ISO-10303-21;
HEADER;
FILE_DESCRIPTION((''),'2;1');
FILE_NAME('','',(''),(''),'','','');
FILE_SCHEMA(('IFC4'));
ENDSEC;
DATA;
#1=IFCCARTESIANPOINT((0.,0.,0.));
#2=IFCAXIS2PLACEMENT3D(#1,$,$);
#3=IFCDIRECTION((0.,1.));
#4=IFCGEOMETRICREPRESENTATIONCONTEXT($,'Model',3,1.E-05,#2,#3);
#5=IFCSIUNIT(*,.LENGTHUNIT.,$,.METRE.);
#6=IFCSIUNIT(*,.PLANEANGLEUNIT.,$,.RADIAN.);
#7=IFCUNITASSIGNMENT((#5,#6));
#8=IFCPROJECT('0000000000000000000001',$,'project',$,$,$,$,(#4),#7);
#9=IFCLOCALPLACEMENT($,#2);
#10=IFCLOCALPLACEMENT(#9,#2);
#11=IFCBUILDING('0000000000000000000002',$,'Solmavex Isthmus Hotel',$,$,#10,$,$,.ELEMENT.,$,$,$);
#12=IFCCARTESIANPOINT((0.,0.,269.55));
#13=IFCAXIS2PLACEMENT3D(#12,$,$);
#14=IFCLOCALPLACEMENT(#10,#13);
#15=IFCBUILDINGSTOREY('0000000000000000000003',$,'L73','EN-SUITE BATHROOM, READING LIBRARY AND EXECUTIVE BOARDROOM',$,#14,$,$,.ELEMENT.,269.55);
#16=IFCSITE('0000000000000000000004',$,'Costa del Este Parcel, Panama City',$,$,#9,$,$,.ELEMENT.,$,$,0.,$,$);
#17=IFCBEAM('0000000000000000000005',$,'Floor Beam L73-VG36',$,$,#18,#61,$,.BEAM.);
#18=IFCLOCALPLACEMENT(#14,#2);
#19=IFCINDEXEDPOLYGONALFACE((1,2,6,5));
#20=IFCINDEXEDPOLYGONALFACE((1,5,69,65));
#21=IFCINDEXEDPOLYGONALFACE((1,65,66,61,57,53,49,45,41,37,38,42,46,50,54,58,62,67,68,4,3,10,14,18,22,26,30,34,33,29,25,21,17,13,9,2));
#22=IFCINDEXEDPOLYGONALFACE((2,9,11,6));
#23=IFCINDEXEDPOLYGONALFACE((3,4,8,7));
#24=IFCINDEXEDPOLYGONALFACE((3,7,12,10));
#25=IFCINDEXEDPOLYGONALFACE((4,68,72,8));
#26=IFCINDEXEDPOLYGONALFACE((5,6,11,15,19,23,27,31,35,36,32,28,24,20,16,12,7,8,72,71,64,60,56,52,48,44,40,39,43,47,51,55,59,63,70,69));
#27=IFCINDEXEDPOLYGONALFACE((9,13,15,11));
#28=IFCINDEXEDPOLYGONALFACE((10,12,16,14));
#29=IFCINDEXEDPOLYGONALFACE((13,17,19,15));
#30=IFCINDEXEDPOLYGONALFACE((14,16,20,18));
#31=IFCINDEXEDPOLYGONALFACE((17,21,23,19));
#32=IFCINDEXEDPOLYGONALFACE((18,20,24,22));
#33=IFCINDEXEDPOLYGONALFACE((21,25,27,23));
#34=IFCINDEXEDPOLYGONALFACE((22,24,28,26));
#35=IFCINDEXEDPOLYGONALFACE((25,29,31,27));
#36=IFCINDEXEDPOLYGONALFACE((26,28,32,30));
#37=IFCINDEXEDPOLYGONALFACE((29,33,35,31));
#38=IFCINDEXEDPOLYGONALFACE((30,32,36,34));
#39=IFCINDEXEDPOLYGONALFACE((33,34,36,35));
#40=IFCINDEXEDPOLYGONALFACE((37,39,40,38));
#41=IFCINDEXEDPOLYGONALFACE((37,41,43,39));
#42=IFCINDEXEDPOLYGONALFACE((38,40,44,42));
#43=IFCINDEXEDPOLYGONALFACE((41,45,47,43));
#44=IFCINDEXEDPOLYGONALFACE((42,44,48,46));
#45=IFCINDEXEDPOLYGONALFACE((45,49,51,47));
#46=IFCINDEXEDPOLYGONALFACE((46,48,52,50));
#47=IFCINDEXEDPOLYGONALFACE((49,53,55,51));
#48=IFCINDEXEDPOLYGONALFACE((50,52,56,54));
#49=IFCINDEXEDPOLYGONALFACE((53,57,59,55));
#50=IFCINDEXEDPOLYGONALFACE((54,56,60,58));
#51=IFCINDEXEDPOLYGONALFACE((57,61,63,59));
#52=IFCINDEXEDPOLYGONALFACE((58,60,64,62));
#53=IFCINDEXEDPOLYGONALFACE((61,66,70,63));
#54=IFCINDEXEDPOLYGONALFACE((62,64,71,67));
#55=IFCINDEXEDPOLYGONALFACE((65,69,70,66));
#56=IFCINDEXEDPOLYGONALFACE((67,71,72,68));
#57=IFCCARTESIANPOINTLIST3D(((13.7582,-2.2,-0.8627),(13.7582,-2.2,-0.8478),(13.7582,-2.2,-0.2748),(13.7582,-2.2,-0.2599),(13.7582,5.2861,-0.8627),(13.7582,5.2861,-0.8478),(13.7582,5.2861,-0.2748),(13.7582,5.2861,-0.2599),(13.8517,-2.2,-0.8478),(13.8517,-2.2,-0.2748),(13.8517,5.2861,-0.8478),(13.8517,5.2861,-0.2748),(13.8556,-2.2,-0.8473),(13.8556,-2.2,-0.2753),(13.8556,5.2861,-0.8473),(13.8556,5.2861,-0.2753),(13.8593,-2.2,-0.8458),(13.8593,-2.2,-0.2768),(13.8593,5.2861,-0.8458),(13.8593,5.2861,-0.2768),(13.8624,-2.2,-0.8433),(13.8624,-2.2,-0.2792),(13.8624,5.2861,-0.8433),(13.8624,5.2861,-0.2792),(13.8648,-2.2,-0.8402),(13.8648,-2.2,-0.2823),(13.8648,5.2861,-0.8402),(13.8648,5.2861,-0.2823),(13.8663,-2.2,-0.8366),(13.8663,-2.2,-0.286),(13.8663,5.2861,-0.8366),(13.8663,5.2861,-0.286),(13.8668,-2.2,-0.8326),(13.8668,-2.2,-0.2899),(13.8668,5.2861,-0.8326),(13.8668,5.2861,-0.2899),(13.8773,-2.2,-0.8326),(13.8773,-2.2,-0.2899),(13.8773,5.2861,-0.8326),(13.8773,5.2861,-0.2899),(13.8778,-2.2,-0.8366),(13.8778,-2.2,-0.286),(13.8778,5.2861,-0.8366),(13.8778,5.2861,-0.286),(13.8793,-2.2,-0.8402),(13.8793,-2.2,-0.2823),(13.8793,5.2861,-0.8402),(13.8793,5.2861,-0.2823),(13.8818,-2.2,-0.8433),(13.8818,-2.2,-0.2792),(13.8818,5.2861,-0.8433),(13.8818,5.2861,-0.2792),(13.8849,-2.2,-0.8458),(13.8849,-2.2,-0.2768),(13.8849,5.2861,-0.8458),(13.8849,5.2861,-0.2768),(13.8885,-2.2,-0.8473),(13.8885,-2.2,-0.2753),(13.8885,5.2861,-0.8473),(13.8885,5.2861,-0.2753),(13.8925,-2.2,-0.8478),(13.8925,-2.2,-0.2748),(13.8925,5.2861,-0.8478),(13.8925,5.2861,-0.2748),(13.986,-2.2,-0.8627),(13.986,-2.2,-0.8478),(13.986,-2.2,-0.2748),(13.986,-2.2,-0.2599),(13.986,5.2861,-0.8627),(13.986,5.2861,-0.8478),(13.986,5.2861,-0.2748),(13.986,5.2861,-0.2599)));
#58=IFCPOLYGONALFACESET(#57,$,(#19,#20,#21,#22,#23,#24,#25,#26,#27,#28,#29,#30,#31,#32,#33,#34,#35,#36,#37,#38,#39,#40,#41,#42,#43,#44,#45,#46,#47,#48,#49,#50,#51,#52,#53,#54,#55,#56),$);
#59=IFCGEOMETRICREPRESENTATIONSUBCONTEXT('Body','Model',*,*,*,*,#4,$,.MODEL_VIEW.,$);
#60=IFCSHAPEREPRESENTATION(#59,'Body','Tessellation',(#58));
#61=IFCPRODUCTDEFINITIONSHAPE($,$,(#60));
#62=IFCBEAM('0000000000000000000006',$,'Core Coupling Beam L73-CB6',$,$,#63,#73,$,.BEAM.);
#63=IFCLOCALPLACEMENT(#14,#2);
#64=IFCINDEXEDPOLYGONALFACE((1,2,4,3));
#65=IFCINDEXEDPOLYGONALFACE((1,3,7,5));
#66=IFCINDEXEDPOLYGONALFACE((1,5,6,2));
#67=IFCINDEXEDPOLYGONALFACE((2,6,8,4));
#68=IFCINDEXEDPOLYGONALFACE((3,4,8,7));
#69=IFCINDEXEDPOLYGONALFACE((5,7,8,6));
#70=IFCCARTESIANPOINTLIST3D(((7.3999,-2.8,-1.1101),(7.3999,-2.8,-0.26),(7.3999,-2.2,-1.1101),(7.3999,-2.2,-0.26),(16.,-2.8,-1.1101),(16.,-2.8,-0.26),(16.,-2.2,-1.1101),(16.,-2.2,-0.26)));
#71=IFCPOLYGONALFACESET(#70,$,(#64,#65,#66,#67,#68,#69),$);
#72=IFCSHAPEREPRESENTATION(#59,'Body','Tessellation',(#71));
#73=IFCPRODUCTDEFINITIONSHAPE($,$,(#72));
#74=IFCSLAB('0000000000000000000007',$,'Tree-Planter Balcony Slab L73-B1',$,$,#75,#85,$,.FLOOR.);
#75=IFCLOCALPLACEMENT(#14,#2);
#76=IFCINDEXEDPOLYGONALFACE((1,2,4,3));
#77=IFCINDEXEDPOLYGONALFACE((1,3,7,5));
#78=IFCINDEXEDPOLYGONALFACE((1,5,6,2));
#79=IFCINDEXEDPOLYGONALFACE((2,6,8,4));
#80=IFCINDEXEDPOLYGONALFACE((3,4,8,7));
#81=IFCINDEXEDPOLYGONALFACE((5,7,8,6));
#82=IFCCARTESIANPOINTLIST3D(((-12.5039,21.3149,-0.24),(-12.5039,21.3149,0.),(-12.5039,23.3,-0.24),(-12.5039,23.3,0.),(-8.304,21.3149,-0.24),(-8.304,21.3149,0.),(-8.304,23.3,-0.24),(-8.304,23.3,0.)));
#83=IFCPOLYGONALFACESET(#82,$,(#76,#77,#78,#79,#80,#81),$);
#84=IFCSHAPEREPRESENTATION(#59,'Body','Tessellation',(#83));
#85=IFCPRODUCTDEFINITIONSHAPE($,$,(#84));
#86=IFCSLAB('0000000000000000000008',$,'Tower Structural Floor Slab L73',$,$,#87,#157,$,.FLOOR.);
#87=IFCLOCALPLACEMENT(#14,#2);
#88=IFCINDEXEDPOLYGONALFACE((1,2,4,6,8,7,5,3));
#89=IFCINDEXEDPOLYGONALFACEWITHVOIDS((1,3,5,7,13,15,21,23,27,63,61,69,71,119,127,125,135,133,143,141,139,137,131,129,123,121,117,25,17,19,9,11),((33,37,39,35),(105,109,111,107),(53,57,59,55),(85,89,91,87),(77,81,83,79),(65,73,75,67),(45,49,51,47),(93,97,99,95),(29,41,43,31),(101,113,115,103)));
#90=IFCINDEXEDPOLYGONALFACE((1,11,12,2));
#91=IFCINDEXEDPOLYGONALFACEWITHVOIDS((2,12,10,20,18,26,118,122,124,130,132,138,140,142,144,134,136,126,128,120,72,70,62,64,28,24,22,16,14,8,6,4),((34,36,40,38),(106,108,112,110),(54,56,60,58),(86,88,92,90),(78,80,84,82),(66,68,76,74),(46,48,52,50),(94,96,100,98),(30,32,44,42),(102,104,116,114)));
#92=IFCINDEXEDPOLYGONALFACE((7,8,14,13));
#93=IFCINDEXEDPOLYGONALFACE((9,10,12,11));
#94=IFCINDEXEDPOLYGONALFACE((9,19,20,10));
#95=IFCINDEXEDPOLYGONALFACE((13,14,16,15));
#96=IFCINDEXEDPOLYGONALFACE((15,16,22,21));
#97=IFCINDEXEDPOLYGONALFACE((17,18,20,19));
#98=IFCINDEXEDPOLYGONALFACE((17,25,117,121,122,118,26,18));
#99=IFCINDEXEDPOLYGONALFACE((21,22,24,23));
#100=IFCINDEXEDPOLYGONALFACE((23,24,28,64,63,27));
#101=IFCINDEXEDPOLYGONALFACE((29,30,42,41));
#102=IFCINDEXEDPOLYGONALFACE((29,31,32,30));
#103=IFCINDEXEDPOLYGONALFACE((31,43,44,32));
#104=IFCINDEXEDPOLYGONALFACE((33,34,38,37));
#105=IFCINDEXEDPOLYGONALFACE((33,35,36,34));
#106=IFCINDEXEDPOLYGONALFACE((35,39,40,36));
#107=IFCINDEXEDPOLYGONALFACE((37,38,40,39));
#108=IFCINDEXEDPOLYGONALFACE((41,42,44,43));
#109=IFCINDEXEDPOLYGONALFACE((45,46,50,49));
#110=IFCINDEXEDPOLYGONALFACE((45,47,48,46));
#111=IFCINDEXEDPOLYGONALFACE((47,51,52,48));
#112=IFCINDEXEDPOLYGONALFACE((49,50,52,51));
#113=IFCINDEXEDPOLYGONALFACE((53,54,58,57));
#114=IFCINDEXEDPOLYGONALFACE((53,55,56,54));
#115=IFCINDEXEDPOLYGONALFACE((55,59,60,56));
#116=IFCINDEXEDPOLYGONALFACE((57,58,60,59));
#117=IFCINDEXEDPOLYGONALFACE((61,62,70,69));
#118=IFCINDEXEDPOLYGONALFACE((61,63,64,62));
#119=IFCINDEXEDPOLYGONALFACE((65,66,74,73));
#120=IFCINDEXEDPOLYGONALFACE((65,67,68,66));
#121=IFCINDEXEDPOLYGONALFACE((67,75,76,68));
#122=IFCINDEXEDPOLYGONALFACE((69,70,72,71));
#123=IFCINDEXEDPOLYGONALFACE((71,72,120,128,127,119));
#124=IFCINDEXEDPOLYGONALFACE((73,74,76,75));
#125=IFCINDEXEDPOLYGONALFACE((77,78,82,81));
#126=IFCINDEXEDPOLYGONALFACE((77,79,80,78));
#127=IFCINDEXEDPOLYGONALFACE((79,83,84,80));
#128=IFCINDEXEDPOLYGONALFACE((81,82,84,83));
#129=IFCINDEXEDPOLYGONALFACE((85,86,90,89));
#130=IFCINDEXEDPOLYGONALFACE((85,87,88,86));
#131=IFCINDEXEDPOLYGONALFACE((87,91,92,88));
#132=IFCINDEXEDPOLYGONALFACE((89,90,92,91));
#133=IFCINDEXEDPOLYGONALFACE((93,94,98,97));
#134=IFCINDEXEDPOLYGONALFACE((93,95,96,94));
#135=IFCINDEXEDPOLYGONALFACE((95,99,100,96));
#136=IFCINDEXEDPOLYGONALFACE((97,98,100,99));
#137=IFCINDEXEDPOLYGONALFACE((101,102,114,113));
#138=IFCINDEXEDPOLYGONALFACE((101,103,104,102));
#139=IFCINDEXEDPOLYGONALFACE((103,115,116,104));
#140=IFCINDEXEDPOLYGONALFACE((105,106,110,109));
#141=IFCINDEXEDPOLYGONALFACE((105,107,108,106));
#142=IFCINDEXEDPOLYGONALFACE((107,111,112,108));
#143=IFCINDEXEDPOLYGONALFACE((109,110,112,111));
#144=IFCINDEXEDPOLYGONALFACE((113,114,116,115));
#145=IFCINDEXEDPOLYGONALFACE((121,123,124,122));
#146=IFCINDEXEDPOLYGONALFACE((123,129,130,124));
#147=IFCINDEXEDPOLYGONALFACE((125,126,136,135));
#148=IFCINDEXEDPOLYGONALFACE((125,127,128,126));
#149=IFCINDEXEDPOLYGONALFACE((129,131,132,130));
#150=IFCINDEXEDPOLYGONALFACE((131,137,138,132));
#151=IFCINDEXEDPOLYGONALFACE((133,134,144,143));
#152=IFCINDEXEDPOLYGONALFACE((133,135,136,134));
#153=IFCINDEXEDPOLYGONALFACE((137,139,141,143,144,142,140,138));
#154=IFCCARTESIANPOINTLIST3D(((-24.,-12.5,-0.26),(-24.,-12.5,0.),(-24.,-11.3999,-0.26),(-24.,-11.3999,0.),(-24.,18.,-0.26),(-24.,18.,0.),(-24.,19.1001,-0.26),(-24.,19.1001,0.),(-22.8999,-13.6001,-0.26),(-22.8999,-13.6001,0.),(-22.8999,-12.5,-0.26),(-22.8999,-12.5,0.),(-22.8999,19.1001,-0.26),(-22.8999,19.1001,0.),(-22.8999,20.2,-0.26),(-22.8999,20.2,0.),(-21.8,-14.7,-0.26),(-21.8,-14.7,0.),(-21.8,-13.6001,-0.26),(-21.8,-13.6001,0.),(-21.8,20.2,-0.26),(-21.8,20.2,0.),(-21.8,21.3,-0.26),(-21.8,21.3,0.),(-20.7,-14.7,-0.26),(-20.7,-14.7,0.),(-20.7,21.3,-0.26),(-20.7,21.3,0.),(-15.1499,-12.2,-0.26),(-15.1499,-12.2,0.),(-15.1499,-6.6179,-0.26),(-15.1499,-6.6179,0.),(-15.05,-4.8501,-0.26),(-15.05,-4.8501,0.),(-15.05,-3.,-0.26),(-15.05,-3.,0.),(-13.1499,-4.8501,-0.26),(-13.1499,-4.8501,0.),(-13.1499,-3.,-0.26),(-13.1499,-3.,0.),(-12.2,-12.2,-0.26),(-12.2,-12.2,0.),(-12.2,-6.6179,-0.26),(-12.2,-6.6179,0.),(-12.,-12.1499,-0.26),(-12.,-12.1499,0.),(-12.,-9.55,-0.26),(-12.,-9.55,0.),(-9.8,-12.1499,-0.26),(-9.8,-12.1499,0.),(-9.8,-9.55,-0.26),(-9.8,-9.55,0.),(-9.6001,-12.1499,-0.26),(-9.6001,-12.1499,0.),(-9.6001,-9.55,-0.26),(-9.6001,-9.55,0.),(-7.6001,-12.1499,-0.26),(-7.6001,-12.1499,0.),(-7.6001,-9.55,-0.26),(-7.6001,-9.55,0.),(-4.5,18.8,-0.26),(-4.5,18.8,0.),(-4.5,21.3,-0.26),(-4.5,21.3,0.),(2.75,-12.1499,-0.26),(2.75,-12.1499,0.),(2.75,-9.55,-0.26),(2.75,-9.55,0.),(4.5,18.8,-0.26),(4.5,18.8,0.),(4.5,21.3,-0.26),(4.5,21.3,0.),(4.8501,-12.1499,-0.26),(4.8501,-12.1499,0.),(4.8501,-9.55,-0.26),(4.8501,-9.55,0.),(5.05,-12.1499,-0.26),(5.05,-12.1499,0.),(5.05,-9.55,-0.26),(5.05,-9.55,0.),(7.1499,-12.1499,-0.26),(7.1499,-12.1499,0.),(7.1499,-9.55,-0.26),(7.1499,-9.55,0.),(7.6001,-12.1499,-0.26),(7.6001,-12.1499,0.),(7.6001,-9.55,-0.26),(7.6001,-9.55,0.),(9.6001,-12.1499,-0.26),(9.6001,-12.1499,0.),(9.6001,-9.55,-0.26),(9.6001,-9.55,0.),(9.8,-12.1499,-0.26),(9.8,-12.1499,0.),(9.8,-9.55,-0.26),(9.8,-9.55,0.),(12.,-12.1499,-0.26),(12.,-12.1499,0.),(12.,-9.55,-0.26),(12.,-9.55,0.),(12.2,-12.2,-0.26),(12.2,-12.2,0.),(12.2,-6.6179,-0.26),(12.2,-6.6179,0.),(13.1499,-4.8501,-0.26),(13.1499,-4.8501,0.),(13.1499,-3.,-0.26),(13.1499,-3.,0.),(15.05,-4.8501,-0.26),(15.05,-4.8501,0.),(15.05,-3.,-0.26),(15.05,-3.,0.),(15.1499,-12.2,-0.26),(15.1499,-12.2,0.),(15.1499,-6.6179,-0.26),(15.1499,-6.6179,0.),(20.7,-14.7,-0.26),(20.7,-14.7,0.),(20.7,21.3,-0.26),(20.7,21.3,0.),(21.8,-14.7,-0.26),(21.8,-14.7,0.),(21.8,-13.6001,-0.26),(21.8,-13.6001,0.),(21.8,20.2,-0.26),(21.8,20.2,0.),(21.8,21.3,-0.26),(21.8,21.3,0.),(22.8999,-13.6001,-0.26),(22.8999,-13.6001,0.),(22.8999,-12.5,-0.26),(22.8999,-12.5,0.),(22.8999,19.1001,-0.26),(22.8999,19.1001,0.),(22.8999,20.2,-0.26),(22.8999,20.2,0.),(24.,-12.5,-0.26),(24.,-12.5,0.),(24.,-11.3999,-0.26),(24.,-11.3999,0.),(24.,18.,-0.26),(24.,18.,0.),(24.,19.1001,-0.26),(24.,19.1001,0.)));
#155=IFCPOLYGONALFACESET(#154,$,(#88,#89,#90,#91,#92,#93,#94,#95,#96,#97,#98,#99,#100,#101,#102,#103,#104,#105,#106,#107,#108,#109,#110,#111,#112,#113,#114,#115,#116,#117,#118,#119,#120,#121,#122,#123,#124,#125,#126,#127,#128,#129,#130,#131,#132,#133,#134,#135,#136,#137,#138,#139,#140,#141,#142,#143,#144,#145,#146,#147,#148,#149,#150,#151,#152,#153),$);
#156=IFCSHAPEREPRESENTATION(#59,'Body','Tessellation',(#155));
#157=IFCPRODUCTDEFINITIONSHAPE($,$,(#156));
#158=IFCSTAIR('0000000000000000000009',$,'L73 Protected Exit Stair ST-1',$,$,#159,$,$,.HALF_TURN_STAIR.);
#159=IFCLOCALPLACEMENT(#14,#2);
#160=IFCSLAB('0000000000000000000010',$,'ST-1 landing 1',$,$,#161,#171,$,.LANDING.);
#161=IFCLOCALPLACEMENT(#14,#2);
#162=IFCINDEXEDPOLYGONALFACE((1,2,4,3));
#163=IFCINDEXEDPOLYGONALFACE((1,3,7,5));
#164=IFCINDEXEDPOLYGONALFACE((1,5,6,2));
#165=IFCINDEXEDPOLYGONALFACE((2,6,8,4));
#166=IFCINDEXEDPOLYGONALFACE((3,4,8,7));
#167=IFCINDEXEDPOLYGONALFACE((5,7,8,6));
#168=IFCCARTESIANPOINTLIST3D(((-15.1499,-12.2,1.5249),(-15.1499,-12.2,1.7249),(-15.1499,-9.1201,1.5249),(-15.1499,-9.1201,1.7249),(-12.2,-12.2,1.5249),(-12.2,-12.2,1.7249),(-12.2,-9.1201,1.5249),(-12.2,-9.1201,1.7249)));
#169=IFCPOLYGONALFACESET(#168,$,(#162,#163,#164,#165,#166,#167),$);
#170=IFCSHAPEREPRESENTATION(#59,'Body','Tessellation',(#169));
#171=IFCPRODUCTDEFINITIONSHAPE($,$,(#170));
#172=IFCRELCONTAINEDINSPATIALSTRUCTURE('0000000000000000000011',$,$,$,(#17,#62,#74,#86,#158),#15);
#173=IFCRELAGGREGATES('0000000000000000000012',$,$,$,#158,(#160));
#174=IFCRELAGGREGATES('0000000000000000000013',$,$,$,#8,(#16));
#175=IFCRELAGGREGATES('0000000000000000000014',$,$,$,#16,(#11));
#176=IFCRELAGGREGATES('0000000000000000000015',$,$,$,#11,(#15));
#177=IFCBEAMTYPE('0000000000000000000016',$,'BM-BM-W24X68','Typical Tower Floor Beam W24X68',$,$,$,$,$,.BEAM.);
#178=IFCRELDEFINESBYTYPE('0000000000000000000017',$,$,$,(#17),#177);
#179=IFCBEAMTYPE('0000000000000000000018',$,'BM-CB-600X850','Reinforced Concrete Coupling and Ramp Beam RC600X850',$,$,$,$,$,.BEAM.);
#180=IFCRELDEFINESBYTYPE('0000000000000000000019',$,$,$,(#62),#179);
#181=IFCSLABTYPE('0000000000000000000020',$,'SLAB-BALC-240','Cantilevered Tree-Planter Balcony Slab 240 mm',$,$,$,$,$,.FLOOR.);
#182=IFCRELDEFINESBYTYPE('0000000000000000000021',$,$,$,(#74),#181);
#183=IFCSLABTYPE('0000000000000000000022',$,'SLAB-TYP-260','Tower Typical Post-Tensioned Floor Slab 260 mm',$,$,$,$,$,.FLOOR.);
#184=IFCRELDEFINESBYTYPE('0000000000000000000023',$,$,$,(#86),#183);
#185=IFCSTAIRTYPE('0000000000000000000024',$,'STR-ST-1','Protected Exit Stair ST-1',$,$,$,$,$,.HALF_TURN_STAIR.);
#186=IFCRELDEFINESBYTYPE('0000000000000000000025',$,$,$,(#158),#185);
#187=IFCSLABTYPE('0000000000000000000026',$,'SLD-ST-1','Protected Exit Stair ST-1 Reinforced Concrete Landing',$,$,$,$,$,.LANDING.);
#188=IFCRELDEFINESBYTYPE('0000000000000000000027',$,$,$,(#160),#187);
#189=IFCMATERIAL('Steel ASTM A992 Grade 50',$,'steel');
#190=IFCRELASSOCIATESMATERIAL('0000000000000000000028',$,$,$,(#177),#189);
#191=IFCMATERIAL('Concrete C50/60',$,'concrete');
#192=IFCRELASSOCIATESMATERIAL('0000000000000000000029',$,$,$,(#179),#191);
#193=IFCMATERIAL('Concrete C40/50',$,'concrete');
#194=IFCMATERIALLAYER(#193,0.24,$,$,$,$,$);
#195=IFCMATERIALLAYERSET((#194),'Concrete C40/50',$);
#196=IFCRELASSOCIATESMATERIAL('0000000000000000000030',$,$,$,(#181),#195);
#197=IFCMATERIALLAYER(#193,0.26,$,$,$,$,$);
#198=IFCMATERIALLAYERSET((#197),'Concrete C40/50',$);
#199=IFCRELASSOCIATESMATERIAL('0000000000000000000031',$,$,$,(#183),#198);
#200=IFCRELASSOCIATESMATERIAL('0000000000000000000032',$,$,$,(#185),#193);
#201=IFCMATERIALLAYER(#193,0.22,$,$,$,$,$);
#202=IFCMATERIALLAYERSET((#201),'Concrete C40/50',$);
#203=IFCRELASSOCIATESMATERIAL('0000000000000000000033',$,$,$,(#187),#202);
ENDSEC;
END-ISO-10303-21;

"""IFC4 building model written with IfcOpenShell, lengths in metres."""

from ifc_helpers import new_model, si_unit, direction, frame, origin, origin_2d, place, context, subcontext, project, spatial, polyline, rectangle, i_section, outline, extrude, material, layer, layer_set, material_profile, profile_set, type_object, element, aggregate, save


model = new_model("IFC4")

# Units and contexts
model_context = context("Model", 3, precision=1e-05, world=origin(), true_north=direction((0.0, 1.0)))
body_context = subcontext(model_context, "Body", "Model", "MODEL_VIEW")
ifc_project = project(units=[si_unit("LENGTHUNIT", "METRE"), si_unit("PLANEANGLEUNIT", "RADIAN")], contexts=[model_context])

# Site, building, storey
site_placement = place(None, origin())
site = spatial("IfcSite", under=ifc_project, at=site_placement, Name="Costa del Este Parcel, Panama City", CompositionType="ELEMENT", RefElevation=0.0)
building_placement = place(site_placement, origin())
building = spatial("IfcBuilding", under=site, at=building_placement, Name="Solmavex Isthmus Hotel", CompositionType="ELEMENT")
storey_placement = place(building_placement, frame((0.0, 0.0, 269.55)))
storey = spatial("IfcBuildingStorey", under=building, at=storey_placement, Name="L73", Description="EN-SUITE BATHROOM, READING LIBRARY AND EXECUTIVE BOARDROOM", CompositionType="ELEMENT", Elevation=269.55)

# Shared definitions
ifc_material_1 = material(Name="Concrete C50/60", Category="concrete")

# Beams
ifc_material_2 = material(Name="Steel ASTM A992 Grade 50", Category="steel")
ifc_material_profile_1 = material_profile(ifc_material_2, i_section(OverallWidth=0.2278, OverallDepth=0.6028, WebThickness=0.0105, FlangeThickness=0.0149, FilletRadius=0.0151, at=origin_2d()), Name="W24X68")
ifc_profile_set_1 = profile_set([ifc_material_profile_1], Name="Steel ASTM A992 Grade 50")
beam_type_1 = type_object("IfcBeamType", Name="BM-BM-W24X68", Description="Typical Tower Floor Beam W24X68", PredefinedType="BEAM", material=ifc_profile_set_1)
beam_1_placement = place(storey_placement, frame((13.8721, -2.2, -0.5613), z_axis=(0.0, 1.0, 0.0), x_axis=(-1.0, 0.0, 0.0)))
element("IfcBeam", 1, at=beam_1_placement, inside=storey, type_object=beam_type_1, Name="Floor Beam L73-VG36", PredefinedType="BEAM", context=body_context, shape_type="SweptSolid", body=[
    extrude(i_section(OverallWidth=0.2278, OverallDepth=0.6028, WebThickness=0.0105, FlangeThickness=0.0149, FilletRadius=0.0151, at=origin_2d()), origin(), (0.0, 0.0, 1.0), 7.4861),
])
ifc_material_profile_2 = material_profile(ifc_material_1, rectangle(XDim=0.6001, YDim=0.8501, at=origin_2d()), Name="RC600X850")
ifc_profile_set_2 = profile_set([ifc_material_profile_2], Name="Concrete C50/60")
beam_type_2 = type_object("IfcBeamType", Name="BM-CB-600X850", Description="Reinforced Concrete Coupling and Ramp Beam RC600X850", PredefinedType="BEAM", material=ifc_profile_set_2)
beam_2_placement = place(storey_placement, frame((7.3999, -2.5, -0.6851), z_axis=(1.0, 0.0, 0.0), x_axis=(0.0, 1.0, 0.0)))
element("IfcBeam", 2, at=beam_2_placement, inside=storey, type_object=beam_type_2, Name="Core Coupling Beam L73-CB6", PredefinedType="BEAM", context=body_context, shape_type="SweptSolid", body=[
    extrude(rectangle(XDim=0.6001, YDim=0.8501, at=origin_2d()), origin(), (0.0, 0.0, 1.0), 8.6001),
])

# Slabs
ifc_material_3 = material(Name="Concrete C40/50", Category="concrete")
ifc_layer_1 = layer(ifc_material_3, 0.24)
ifc_layer_set_1 = layer_set([ifc_layer_1], Name="Concrete C40/50")
slab_type_1 = type_object("IfcSlabType", Name="SLAB-BALC-240", Description="Cantilevered Tree-Planter Balcony Slab 240 mm", PredefinedType="FLOOR", material=ifc_layer_set_1)
slab_1_placement = place(storey_placement, frame((0.0, 0.0, -0.24)))
element("IfcSlab", 3, at=slab_1_placement, inside=storey, type_object=slab_type_1, Name="Tree-Planter Balcony Slab L73-B1", PredefinedType="FLOOR", context=body_context, shape_type="SweptSolid", body=[
    extrude(outline(polyline([(-12.5039, 21.3149), (-8.304, 21.3149), (-8.304, 23.3), (-12.5039, 23.3), (-12.5039, 21.3149)])), origin(), (0.0, 0.0, 1.0), 0.24),
])
ifc_layer_2 = layer(ifc_material_3, 0.26)
ifc_layer_set_2 = layer_set([ifc_layer_2], Name="Concrete C40/50")
slab_type_2 = type_object("IfcSlabType", Name="SLAB-TYP-260", Description="Tower Typical Post-Tensioned Floor Slab 260 mm", PredefinedType="FLOOR", material=ifc_layer_set_2)
slab_2_placement = place(storey_placement, frame((0.0, 0.0, -0.26)))
element("IfcSlab", 4, at=slab_2_placement, inside=storey, type_object=slab_type_2, Name="Tower Structural Floor Slab L73", PredefinedType="FLOOR", context=body_context, shape_type="SweptSolid", body=[
    extrude(outline(polyline([(4.5, 21.3), (4.5, 18.8), (-4.5, 18.8), (-4.5, 21.3), (-20.7, 21.3), (-21.8, 21.3), (-21.8, 20.2), (-22.8999, 20.2), (-22.8999, 19.1001), (-24.0, 19.1001), (-24.0, 18.0), (-24.0, -11.3999), (-24.0, -12.5), (-22.8999, -12.5), (-22.8999, -13.6001), (-21.8, -13.6001), (-21.8, -14.7), (-20.7, -14.7), (20.7, -14.7), (21.8, -14.7), (21.8, -13.6001), (22.8999, -13.6001), (22.8999, -12.5), (24.0, -12.5), (24.0, -11.3999), (24.0, 18.0), (24.0, 19.1001), (22.8999, 19.1001), (22.8999, 20.2), (21.8, 20.2), (21.8, 21.3), (20.7, 21.3), (4.5, 21.3)]), holes=[polyline([(-15.1499, -6.6179), (-15.1499, -12.2), (-12.2, -12.2), (-12.2, -6.6179), (-15.1499, -6.6179)]), polyline([(12.2, -6.6179), (12.2, -12.2), (15.1499, -12.2), (15.1499, -6.6179), (12.2, -6.6179)]), polyline([(-12.0, -12.1499), (-9.8, -12.1499), (-9.8, -9.55), (-12.0, -9.55), (-12.0, -12.1499)]), polyline([(9.8, -12.1499), (12.0, -12.1499), (12.0, -9.55), (9.8, -9.55), (9.8, -12.1499)]), polyline([(-9.6001, -12.1499), (-7.6001, -12.1499), (-7.6001, -9.55), (-9.6001, -9.55), (-9.6001, -12.1499)]), polyline([(7.6001, -12.1499), (9.6001, -12.1499), (9.6001, -9.55), (7.6001, -9.55), (7.6001, -12.1499)]), polyline([(2.75, -12.1499), (4.8501, -12.1499), (4.8501, -9.55), (2.75, -9.55), (2.75, -12.1499)]), polyline([(5.05, -12.1499), (7.1499, -12.1499), (7.1499, -9.55), (5.05, -9.55), (5.05, -12.1499)]), polyline([(-15.05, -4.8501), (-13.1499, -4.8501), (-13.1499, -3.0), (-15.05, -3.0), (-15.05, -4.8501)]), polyline([(13.1499, -4.8501), (15.05, -4.8501), (15.05, -3.0), (13.1499, -3.0), (13.1499, -4.8501)])]), origin(), (0.0, 0.0, 1.0), 0.26),
])

# Stair, slab
stair_type_1 = type_object("IfcStairType", Name="STR-ST-1", Description="Protected Exit Stair ST-1", PredefinedType="HALF_TURN_STAIR", material=ifc_material_3)
stair_1_placement = place(storey_placement, origin())
stair_1 = element("IfcStair", 5, at=stair_1_placement, inside=storey, type_object=stair_type_1, Name="L73 Protected Exit Stair ST-1", PredefinedType="HALF_TURN_STAIR")
ifc_layer_3 = layer(ifc_material_3, 0.22)
ifc_layer_set_3 = layer_set([ifc_layer_3], Name="Concrete C40/50")
slab_type_3 = type_object("IfcSlabType", Name="SLD-ST-1", Description="Protected Exit Stair ST-1 Reinforced Concrete Landing", PredefinedType="LANDING", material=ifc_layer_set_3)
slab_3_placement = place(storey_placement, frame((0.0, 0.0, 1.5249)))
slab_3 = element("IfcSlab", 6, at=slab_3_placement, type_object=slab_type_3, Name="ST-1 landing 1", PredefinedType="LANDING", context=body_context, shape_type="SweptSolid", body=[
    extrude(outline(polyline([(-15.1499, -9.1201), (-15.1499, -12.2), (-12.2, -12.2), (-12.2, -9.1201), (-15.1499, -9.1201)])), origin(), (0.0, 0.0, 1.0), 0.2),
])
aggregate(stair_1, [slab_3])

save(model, "model.ifc")
